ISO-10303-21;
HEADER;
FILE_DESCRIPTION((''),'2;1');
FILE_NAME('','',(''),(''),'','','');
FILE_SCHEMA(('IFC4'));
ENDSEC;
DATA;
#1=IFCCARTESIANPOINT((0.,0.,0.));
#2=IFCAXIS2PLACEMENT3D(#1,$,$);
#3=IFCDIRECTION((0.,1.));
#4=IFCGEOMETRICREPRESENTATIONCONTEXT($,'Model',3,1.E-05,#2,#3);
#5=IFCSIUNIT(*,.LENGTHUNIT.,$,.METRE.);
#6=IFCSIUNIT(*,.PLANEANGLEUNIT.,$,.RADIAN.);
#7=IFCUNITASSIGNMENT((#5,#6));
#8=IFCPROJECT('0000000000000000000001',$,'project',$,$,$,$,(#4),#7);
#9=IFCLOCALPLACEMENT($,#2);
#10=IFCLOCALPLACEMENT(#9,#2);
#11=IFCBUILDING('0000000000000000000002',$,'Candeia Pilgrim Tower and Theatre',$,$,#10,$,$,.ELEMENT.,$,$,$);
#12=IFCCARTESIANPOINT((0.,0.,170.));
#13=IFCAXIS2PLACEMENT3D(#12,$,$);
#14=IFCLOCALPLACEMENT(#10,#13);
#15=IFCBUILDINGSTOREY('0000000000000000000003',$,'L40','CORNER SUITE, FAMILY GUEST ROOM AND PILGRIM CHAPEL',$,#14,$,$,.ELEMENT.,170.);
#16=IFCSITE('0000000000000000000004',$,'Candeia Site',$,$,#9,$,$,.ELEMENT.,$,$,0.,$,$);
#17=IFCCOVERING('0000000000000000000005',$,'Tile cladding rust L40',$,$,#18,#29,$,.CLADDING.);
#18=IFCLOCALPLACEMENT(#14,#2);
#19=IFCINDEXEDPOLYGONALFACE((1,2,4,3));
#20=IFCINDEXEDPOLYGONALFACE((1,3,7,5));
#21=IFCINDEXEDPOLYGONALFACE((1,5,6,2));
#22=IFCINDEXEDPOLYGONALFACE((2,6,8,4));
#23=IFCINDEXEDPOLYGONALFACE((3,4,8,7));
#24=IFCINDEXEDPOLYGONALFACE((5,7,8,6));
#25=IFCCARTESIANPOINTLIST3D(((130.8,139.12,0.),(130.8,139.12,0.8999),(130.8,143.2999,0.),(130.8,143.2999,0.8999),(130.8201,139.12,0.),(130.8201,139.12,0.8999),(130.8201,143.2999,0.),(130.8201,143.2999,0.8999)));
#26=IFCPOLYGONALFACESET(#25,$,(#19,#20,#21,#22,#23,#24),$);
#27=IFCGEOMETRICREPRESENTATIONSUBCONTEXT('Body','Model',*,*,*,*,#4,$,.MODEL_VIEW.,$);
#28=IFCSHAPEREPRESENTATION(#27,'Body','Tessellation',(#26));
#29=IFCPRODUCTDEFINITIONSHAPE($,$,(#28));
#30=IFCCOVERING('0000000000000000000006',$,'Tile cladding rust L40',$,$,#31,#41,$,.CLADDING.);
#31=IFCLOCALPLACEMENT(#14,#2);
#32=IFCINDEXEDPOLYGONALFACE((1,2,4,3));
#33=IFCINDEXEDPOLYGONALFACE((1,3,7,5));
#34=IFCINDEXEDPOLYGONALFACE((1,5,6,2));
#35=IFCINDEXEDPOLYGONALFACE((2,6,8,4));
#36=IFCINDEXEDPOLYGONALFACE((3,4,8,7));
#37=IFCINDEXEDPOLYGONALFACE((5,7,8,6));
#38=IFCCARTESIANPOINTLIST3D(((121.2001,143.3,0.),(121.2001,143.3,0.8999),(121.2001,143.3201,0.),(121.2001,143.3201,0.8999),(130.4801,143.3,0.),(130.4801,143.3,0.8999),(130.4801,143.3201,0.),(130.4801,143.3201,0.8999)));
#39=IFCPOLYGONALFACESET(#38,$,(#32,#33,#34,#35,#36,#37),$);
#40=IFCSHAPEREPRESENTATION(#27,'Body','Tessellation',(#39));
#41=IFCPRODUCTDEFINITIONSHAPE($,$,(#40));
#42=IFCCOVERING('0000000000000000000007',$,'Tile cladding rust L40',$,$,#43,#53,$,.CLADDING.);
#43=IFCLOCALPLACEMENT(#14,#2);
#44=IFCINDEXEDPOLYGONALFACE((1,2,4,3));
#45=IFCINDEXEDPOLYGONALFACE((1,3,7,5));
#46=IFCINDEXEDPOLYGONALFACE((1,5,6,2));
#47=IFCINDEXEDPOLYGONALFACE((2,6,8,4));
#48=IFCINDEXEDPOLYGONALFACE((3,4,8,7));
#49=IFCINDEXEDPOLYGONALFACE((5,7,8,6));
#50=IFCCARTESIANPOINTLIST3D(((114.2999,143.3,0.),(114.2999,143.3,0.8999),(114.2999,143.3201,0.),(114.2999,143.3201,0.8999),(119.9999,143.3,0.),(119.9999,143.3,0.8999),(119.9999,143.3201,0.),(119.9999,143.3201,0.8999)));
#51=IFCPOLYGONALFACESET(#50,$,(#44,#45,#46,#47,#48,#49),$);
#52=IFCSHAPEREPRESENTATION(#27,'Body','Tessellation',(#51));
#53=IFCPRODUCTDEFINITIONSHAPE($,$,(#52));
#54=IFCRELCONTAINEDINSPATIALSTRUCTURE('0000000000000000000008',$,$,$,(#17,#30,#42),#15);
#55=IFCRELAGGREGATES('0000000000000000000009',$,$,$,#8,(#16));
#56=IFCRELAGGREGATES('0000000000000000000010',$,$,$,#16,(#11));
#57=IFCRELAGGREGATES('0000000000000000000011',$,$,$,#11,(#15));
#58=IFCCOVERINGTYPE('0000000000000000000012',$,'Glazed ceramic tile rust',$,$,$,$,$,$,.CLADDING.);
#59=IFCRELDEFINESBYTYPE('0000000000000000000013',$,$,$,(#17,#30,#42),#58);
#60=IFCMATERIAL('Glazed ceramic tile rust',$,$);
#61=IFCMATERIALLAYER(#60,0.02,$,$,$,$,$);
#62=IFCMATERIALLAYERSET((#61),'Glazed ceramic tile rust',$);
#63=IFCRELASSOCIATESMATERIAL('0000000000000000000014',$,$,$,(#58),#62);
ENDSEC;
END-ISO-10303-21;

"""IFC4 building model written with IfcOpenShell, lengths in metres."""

from ifc_helpers import new_model, si_unit, direction, frame, origin, origin_2d, place, context, subcontext, project, spatial, rectangle, extrude, material, layer, layer_set, type_object, element, save


model = new_model("IFC4")

# Units and contexts
model_context = context("Model", 3, precision=1e-05, world=origin(), true_north=direction((0.0, 1.0)))
body_context = subcontext(model_context, "Body", "Model", "MODEL_VIEW")
ifc_project = project(units=[si_unit("LENGTHUNIT", "METRE"), si_unit("PLANEANGLEUNIT", "RADIAN")], contexts=[model_context])

# Site, building, storey
site_placement = place(None, origin())
site = spatial("IfcSite", under=ifc_project, at=site_placement, Name="Candeia Site", CompositionType="ELEMENT", RefElevation=0.0)
building_placement = place(site_placement, origin())
building = spatial("IfcBuilding", under=site, at=building_placement, Name="Candeia Pilgrim Tower and Theatre", CompositionType="ELEMENT")
storey_placement = place(building_placement, frame((0.0, 0.0, 170.0)))
storey = spatial("IfcBuildingStorey", under=building, at=storey_placement, Name="L40", Description="CORNER SUITE, FAMILY GUEST ROOM AND PILGRIM CHAPEL", CompositionType="ELEMENT", Elevation=170.0)

# Coverings
ifc_material_1 = material(Name="Glazed ceramic tile rust")
ifc_layer_1 = layer(ifc_material_1, 0.02)
ifc_layer_set_1 = layer_set([ifc_layer_1], Name="Glazed ceramic tile rust")
covering_type = type_object("IfcCoveringType", Name="Glazed ceramic tile rust", PredefinedType="CLADDING", material=ifc_layer_set_1)
covering_1_placement = place(storey_placement, frame((130.8101, 141.21, 0.0), z_axis=(0.0, 0.0, 1.0), x_axis=(0.0, 1.0, 0.0)))
element("IfcCovering", 1, at=covering_1_placement, inside=storey, type_object=covering_type, Name="Tile cladding rust L40", PredefinedType="CLADDING", context=body_context, shape_type="SweptSolid", body=[
    extrude(rectangle(XDim=4.1799, YDim=0.02, at=origin_2d()), origin(), (0.0, 0.0, 1.0), 0.8999),
])
covering_2_placement = place(storey_placement, frame((125.8401, 143.3101, 0.0), z_axis=(0.0, 0.0, 1.0), x_axis=(-1.0, 0.0, 0.0)))
element("IfcCovering", 2, at=covering_2_placement, inside=storey, type_object=covering_type, Name="Tile cladding rust L40", PredefinedType="CLADDING", context=body_context, shape_type="SweptSolid", body=[
    extrude(rectangle(XDim=9.28, YDim=0.02, at=origin_2d()), origin(), (0.0, 0.0, 1.0), 0.8999),
])
covering_3_placement = place(storey_placement, frame((117.1499, 143.3101, 0.0), z_axis=(0.0, 0.0, 1.0), x_axis=(-1.0, 0.0, 0.0)))
element("IfcCovering", 3, at=covering_3_placement, inside=storey, type_object=covering_type, Name="Tile cladding rust L40", PredefinedType="CLADDING", context=body_context, shape_type="SweptSolid", body=[
    extrude(rectangle(XDim=5.7, YDim=0.02, at=origin_2d()), origin(), (0.0, 0.0, 1.0), 0.8999),
])

save(model, "model.ifc")
